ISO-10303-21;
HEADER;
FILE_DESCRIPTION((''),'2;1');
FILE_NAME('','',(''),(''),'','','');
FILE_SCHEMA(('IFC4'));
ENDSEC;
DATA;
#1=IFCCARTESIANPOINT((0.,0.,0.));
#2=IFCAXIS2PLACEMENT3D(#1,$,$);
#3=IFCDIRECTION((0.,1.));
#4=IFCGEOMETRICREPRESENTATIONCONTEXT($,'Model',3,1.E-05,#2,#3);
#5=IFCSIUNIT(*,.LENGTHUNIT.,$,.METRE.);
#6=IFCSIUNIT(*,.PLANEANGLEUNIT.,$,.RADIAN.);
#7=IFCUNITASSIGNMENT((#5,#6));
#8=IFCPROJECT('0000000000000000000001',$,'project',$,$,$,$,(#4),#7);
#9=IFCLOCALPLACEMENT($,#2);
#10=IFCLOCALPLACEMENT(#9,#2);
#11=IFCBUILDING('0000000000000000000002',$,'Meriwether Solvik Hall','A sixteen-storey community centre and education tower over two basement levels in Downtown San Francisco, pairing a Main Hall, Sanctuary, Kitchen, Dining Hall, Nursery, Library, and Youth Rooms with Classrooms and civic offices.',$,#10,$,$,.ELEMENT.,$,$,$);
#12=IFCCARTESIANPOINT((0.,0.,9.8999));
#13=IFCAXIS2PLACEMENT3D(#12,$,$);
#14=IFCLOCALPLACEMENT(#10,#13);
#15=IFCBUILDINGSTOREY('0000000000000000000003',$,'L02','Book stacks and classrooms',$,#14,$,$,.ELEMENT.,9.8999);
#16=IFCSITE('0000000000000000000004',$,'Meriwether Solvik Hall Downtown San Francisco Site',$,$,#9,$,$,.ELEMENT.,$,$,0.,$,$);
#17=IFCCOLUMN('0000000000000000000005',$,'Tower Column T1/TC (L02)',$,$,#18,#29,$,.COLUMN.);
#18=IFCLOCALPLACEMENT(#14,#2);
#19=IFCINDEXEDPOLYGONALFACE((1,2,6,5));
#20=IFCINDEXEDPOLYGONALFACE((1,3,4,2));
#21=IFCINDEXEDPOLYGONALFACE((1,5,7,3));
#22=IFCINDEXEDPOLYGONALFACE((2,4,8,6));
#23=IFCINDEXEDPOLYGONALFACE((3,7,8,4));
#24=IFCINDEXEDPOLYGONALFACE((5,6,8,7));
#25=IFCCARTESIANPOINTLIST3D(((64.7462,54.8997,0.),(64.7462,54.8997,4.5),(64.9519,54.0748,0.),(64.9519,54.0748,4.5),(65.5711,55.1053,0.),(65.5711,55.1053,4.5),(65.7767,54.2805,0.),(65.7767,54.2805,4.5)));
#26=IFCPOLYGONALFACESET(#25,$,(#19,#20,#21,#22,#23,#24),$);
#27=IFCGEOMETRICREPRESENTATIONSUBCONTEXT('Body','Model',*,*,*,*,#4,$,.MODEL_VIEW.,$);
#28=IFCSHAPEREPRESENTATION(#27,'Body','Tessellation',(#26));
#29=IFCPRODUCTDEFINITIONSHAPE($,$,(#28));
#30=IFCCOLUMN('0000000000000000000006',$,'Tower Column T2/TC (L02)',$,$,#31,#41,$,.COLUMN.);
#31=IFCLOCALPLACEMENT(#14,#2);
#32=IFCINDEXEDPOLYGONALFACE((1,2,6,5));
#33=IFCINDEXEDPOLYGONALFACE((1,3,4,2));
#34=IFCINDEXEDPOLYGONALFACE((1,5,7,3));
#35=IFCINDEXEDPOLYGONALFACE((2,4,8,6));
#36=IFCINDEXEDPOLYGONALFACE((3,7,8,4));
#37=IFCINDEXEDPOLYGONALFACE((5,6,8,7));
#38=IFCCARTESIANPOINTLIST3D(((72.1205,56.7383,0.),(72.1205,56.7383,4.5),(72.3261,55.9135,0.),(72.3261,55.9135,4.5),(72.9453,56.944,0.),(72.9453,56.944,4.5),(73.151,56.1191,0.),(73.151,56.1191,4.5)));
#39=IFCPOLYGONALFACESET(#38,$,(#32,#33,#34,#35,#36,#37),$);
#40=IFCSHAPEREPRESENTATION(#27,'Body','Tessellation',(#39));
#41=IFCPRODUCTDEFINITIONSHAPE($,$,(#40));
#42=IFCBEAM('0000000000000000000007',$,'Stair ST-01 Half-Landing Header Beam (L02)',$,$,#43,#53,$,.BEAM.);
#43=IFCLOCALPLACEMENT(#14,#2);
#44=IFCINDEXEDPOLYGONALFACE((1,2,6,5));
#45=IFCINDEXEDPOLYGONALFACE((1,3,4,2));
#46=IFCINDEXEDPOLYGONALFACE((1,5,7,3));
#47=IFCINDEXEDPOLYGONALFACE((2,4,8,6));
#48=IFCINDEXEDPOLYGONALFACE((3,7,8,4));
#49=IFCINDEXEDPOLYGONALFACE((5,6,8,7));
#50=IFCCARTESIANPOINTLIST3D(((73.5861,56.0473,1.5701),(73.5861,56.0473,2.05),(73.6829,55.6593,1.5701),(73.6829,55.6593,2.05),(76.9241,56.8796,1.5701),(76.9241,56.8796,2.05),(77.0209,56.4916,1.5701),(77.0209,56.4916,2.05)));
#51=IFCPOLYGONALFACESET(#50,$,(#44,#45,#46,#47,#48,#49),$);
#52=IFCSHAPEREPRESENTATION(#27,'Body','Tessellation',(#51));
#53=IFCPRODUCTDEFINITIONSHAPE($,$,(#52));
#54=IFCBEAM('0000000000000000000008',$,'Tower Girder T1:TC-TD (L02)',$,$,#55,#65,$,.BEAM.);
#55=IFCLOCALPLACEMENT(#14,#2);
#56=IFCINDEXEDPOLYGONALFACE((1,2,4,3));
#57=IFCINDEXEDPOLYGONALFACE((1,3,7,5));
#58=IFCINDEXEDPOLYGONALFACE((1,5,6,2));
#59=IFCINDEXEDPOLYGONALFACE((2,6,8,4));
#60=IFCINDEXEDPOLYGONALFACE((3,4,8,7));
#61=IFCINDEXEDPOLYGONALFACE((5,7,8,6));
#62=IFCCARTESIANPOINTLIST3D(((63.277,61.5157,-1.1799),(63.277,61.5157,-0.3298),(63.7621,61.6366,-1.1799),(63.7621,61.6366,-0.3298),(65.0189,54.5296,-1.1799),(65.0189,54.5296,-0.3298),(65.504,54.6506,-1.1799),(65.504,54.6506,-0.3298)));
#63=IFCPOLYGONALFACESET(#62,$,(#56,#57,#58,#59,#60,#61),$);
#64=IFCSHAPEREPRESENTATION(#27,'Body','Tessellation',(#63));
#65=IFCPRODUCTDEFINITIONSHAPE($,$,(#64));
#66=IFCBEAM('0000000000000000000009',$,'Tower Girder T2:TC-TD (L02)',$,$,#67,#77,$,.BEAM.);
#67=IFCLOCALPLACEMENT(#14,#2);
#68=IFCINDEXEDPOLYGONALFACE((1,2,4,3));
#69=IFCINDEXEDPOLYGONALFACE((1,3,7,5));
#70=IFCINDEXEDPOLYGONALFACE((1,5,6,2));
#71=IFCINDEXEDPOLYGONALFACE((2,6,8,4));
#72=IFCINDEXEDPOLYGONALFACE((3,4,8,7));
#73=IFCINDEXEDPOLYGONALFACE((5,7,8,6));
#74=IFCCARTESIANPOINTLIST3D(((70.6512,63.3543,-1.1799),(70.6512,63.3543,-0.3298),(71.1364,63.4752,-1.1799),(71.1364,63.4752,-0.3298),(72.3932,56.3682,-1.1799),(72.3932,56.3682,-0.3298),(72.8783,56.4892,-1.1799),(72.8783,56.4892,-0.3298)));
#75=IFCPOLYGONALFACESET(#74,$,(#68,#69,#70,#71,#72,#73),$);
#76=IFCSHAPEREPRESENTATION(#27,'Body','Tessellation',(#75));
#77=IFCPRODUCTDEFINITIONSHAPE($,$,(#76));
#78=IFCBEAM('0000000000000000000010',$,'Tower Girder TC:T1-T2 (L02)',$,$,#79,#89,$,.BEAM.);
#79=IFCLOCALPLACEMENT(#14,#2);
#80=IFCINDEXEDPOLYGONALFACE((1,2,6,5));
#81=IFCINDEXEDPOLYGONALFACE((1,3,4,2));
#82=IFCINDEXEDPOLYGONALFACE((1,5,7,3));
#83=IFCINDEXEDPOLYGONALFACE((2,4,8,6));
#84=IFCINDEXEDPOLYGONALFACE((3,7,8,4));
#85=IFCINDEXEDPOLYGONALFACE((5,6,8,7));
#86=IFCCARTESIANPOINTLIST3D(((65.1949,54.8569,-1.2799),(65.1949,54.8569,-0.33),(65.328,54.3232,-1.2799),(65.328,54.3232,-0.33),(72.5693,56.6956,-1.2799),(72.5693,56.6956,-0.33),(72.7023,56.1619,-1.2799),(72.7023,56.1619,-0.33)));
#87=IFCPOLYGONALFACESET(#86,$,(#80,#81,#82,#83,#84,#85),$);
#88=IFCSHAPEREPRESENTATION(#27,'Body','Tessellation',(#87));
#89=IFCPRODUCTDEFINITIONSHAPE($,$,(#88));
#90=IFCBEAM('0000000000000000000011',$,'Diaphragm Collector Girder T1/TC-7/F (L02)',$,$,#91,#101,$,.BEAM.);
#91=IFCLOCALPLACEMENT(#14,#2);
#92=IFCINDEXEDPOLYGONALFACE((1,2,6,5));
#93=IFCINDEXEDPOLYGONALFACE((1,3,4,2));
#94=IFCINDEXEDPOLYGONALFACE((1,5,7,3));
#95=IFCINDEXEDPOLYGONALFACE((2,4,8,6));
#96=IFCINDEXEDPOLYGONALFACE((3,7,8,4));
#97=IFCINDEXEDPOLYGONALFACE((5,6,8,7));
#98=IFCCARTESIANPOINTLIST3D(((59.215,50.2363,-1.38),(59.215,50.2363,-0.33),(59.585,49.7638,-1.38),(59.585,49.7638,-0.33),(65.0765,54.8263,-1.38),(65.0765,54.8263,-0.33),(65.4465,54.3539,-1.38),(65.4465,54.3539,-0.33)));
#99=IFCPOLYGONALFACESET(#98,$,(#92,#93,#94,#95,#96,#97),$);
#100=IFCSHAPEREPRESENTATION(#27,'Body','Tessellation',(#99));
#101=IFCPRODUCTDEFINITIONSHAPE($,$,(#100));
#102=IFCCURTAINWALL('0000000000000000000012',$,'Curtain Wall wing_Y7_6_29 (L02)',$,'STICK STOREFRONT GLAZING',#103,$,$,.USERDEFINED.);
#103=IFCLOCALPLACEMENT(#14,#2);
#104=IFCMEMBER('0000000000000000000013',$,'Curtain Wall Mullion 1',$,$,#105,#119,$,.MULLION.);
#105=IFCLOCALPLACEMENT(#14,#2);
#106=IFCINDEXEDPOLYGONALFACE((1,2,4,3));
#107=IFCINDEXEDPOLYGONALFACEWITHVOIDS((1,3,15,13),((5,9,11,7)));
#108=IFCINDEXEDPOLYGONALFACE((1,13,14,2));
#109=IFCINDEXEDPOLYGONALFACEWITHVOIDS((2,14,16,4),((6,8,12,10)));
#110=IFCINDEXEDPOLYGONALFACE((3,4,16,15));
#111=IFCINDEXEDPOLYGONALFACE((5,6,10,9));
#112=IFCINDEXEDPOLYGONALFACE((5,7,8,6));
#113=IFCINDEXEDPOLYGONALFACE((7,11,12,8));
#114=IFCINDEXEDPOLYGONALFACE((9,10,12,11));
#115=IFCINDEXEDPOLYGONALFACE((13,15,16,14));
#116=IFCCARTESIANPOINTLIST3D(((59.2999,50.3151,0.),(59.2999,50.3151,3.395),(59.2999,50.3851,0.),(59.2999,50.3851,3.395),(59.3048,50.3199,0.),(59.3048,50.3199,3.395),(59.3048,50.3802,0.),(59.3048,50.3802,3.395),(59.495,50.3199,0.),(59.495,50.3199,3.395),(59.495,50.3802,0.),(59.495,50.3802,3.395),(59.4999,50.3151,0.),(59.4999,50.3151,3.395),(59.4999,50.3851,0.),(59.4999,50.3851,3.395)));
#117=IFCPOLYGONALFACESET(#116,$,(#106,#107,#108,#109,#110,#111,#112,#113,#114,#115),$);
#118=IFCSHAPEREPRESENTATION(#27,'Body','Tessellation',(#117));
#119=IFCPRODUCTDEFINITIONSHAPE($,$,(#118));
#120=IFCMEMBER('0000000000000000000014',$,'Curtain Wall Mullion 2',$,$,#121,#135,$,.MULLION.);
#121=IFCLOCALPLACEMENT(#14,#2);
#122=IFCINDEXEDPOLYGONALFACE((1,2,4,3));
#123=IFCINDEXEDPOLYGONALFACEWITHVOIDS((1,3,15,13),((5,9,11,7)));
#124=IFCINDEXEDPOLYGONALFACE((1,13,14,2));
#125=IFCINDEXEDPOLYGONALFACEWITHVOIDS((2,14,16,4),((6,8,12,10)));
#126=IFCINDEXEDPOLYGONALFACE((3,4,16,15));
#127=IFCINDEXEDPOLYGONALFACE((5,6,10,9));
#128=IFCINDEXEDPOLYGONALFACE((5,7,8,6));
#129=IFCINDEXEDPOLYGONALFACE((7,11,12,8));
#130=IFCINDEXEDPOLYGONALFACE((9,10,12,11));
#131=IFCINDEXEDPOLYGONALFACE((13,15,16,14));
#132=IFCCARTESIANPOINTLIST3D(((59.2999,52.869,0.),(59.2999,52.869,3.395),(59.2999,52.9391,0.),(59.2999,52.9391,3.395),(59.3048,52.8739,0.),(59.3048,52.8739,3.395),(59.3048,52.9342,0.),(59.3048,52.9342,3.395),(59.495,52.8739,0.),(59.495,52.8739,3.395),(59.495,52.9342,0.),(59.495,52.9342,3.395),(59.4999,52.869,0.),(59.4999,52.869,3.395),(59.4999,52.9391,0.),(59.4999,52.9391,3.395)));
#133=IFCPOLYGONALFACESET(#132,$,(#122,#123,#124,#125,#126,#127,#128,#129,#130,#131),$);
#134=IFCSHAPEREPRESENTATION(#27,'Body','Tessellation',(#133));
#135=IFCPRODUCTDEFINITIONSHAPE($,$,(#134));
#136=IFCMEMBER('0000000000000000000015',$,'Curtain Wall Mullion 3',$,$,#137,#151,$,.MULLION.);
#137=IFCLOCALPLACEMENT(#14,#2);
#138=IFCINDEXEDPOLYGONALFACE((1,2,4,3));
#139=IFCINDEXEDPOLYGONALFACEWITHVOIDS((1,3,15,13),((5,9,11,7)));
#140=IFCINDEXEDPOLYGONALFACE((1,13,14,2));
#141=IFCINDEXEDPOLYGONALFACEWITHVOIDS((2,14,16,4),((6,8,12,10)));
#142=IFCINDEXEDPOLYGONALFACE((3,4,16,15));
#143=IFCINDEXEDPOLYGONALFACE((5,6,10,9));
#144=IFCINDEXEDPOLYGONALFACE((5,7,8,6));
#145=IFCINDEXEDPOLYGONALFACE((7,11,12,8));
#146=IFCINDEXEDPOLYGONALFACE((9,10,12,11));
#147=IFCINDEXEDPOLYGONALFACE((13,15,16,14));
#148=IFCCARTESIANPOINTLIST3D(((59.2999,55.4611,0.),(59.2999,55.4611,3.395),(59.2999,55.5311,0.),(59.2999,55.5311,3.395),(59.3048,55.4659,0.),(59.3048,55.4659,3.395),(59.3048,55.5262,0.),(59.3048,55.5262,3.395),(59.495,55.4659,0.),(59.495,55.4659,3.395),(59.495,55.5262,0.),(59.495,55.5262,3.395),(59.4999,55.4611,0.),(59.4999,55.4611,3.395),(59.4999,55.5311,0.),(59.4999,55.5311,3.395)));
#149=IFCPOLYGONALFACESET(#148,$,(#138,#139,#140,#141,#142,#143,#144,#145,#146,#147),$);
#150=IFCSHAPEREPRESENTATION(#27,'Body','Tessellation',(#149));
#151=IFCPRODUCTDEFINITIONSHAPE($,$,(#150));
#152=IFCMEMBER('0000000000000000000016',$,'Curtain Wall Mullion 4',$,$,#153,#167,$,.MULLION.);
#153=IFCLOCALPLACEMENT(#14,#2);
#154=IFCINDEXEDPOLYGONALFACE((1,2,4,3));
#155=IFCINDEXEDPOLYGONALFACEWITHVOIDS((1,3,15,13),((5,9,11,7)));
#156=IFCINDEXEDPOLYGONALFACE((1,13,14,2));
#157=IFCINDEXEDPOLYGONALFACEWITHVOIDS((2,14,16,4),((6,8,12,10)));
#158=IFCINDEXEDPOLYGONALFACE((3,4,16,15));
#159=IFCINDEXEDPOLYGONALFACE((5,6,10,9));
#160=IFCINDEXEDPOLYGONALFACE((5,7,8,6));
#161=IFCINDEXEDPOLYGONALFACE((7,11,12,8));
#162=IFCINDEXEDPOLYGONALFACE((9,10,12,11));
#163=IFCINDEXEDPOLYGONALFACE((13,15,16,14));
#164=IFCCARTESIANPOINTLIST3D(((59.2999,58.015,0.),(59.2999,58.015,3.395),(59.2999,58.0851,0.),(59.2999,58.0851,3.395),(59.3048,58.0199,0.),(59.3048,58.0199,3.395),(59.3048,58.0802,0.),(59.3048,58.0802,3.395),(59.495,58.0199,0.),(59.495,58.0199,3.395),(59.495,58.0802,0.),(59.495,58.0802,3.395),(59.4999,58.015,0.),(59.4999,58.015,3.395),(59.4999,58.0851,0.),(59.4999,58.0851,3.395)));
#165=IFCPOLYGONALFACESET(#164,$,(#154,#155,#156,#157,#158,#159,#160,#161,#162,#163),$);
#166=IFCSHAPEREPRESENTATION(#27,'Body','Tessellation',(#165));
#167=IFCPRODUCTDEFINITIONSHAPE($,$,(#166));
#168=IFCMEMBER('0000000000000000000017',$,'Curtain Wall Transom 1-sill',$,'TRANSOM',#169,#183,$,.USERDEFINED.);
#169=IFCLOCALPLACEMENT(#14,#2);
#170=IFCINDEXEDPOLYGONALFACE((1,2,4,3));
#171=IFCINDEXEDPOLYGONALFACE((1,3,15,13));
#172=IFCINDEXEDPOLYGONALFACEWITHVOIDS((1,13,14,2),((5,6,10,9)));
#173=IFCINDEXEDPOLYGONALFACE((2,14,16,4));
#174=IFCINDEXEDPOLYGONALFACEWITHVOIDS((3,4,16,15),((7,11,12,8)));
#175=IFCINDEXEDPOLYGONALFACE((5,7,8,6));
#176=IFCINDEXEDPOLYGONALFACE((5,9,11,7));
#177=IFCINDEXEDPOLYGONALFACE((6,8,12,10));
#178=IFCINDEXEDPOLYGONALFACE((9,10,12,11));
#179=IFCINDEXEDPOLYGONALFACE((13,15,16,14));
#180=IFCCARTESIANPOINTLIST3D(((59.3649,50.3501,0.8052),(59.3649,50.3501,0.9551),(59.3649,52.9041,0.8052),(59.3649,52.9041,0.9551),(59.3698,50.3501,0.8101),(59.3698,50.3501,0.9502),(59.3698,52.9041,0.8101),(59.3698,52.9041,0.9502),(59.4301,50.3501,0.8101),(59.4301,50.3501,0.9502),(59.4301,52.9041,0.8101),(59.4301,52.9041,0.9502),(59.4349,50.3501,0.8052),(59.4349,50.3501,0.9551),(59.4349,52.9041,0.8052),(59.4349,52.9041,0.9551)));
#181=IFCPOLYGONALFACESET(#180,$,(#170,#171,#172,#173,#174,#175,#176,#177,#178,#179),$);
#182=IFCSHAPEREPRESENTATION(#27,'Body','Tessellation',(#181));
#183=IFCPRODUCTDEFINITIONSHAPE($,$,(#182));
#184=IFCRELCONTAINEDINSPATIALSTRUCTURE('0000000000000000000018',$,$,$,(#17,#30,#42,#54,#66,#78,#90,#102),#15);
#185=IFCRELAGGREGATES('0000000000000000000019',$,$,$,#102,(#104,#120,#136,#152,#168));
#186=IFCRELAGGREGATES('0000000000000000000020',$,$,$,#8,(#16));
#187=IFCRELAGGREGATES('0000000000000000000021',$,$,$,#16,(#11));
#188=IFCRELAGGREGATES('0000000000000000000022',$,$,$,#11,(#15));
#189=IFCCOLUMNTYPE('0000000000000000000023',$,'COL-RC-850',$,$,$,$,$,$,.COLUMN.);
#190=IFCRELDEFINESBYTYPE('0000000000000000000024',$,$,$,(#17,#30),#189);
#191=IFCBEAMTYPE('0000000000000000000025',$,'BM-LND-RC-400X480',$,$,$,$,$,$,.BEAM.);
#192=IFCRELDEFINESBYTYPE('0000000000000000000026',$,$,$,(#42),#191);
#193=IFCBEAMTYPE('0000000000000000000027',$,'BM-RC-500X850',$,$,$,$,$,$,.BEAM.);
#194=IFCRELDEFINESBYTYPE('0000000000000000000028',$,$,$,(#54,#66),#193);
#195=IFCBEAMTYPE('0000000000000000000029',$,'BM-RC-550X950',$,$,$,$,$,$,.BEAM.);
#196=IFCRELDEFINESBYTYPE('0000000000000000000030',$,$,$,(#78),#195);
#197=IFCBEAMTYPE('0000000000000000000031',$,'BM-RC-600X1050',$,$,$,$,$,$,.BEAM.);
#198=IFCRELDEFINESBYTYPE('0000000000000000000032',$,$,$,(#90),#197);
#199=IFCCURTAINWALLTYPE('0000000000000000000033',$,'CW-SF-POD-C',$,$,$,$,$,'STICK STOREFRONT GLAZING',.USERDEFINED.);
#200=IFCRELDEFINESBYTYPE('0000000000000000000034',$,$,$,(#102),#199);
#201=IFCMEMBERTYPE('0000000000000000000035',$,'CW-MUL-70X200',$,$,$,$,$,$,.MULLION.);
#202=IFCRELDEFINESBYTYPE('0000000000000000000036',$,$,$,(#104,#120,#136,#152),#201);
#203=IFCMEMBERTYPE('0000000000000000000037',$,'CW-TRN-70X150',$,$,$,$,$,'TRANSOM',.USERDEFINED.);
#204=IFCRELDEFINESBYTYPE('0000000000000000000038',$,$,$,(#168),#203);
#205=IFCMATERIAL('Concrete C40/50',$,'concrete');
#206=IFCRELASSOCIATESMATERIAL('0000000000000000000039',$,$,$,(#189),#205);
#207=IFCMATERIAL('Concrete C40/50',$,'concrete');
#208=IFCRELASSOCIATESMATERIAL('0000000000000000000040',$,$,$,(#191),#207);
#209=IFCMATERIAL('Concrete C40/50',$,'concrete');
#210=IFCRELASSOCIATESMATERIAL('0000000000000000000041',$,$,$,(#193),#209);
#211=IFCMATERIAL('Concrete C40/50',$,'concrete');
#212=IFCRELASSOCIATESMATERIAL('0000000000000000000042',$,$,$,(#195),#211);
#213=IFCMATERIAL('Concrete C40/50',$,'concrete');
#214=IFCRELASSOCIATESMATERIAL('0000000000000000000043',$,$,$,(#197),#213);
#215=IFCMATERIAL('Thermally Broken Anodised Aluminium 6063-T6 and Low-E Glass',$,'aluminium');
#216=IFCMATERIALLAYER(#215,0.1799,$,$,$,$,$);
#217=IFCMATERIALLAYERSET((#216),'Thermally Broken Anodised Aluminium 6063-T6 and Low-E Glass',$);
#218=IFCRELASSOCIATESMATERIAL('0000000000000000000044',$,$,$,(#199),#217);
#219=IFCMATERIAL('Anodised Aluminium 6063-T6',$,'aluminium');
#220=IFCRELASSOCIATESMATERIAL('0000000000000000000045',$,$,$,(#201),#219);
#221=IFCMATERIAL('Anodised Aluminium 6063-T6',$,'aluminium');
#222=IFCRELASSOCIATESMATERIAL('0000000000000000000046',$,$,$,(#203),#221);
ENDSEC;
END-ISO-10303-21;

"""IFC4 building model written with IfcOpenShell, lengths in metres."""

from ifc_helpers import new_model, si_unit, direction, frame, origin, origin_2d, place, context, subcontext, project, spatial, rectangle, hollow_rectangle, extrude, material, layer, layer_set, material_profile, profile_set, type_object, element, aggregate, save


model = new_model("IFC4")

# Units and contexts
model_context = context("Model", 3, precision=1e-05, world=origin(), true_north=direction((0.0, 1.0)))
body_context = subcontext(model_context, "Body", "Model", "MODEL_VIEW")
ifc_project = project(units=[si_unit("LENGTHUNIT", "METRE"), si_unit("PLANEANGLEUNIT", "RADIAN")], contexts=[model_context])

# Site, building, storey
site_placement = place(None, origin())
site = spatial("IfcSite", under=ifc_project, at=site_placement, Name="Meriwether Solvik Hall Downtown San Francisco Site", CompositionType="ELEMENT", RefElevation=0.0)
building_placement = place(site_placement, origin())
building = spatial("IfcBuilding", under=site, at=building_placement, Name="Meriwether Solvik Hall", Description="A sixteen-storey community centre and education tower over two basement levels in Downtown San Francisco, pairing a Main Hall, Sanctuary, Kitchen, Dining Hall, Nursery, Library, and Youth Rooms with Classrooms and civic offices.", CompositionType="ELEMENT")
storey_placement = place(building_placement, frame((0.0, 0.0, 9.8999)))
storey = spatial("IfcBuildingStorey", under=building, at=storey_placement, Name="L02", Description="Book stacks and classrooms", CompositionType="ELEMENT", Elevation=9.8999)

# Columns
ifc_material_1 = material(Name="Concrete C40/50", Category="concrete")
ifc_material_profile_1 = material_profile(ifc_material_1, rectangle(XDim=0.8501, YDim=0.8501, at=origin_2d()), Name="RCC-850X850")
ifc_profile_set_1 = profile_set([ifc_material_profile_1], Name="Concrete C40/50")
column_type = type_object("IfcColumnType", Name="COL-RC-850", PredefinedType="COLUMN", material=ifc_profile_set_1)
for number, where, z_axis, x_axis, name in (
    (1, (65.2615, 54.5901, 0.0), (0.0, 0.0, 1.0), (0.970296, 0.241922, 0.0), "Tower Column T1/TC (L02)"),
    (2, (72.6357, 56.4287, 0.0), (0.0, 0.0, 1.0), (0.970296, 0.241922, 0.0), "Tower Column T2/TC (L02)"),
):
    element("IfcColumn", number, at=place(storey_placement, frame(where, z_axis=z_axis, x_axis=x_axis)), inside=storey, type_object=column_type, Name=name, PredefinedType="COLUMN", context=body_context, shape_type="SweptSolid", body=[
        extrude(rectangle(XDim=0.8501, YDim=0.8501, at=origin_2d()), origin(), (0.0, 0.0, 1.0), 4.5),
    ])

# Beams
ifc_material_2 = material(Name="Concrete C40/50", Category="concrete")
ifc_material_profile_2 = material_profile(ifc_material_2, rectangle(XDim=0.3999, YDim=0.48, at=origin_2d()), Name="RCB-400X480")
ifc_profile_set_2 = profile_set([ifc_material_profile_2], Name="Concrete C40/50")
beam_type_1 = type_object("IfcBeamType", Name="BM-LND-RC-400X480", PredefinedType="BEAM", material=ifc_profile_set_2)
beam_1_placement = place(storey_placement, frame((73.6345, 55.8533, 1.8101), z_axis=(0.970293, 0.241934, 0.0), x_axis=(-0.241934, 0.970293, 0.0)))
element("IfcBeam", 3, at=beam_1_placement, inside=storey, type_object=beam_type_1, Name="Stair ST-01 Half-Landing Header Beam (L02)", PredefinedType="BEAM", context=body_context, shape_type="SweptSolid", body=[
    extrude(rectangle(XDim=0.3999, YDim=0.48, at=origin_2d()), origin(), (0.0, 0.0, 1.0), 3.4402),
])
ifc_material_3 = material(Name="Concrete C40/50", Category="concrete")
ifc_material_profile_3 = material_profile(ifc_material_3, rectangle(XDim=0.5, YDim=0.8501, at=origin_2d()), Name="RCB-500X850")
ifc_profile_set_3 = profile_set([ifc_material_profile_3], Name="Concrete C40/50")
beam_type_2 = type_object("IfcBeamType", Name="BM-RC-500X850", PredefinedType="BEAM", material=ifc_profile_set_3)
for number, where, z_axis, x_axis, name in (
    (4, (65.2615, 54.5901, -0.7549), (-0.241937, 0.970292, 0.0), (-0.970292, -0.241937, 0.0), "Tower Girder T1:TC-TD (L02)"),
    (5, (72.6357, 56.4287, -0.7549), (-0.241937, 0.970292, 0.0), (-0.970292, -0.241937, 0.0), "Tower Girder T2:TC-TD (L02)"),
):
    element("IfcBeam", number, at=place(storey_placement, frame(where, z_axis=z_axis, x_axis=x_axis)), inside=storey, type_object=beam_type_2, Name=name, PredefinedType="BEAM", context=body_context, shape_type="SweptSolid", body=[
        extrude(rectangle(XDim=0.5, YDim=0.8501, at=origin_2d()), origin(), (0.0, 0.0, 1.0), 7.2),
    ])
ifc_material_4 = material(Name="Concrete C40/50", Category="concrete")
ifc_material_profile_4 = material_profile(ifc_material_4, rectangle(XDim=0.55, YDim=0.95, at=origin_2d()), Name="RCB-550X950")
ifc_profile_set_4 = profile_set([ifc_material_profile_4], Name="Concrete C40/50")
beam_type_3 = type_object("IfcBeamType", Name="BM-RC-550X950", PredefinedType="BEAM", material=ifc_profile_set_4)
beam_2_placement = place(storey_placement, frame((65.2615, 54.5901, -0.8049), z_axis=(0.970295, 0.241923, 0.0), x_axis=(-0.241923, 0.970295, 0.0)))
element("IfcBeam", 6, at=beam_2_placement, inside=storey, type_object=beam_type_3, Name="Tower Girder TC:T1-T2 (L02)", PredefinedType="BEAM", context=body_context, shape_type="SweptSolid", body=[
    extrude(rectangle(XDim=0.55, YDim=0.95, at=origin_2d()), origin(), (0.0, 0.0, 1.0), 7.6001),
])
ifc_material_5 = material(Name="Concrete C40/50", Category="concrete")
ifc_material_profile_5 = material_profile(ifc_material_5, rectangle(XDim=0.6001, YDim=1.05, at=origin_2d()), Name="RCB-600X1050")
ifc_profile_set_5 = profile_set([ifc_material_profile_5], Name="Concrete C40/50")
beam_type_4 = type_object("IfcBeamType", Name="BM-RC-600X1050", PredefinedType="BEAM", material=ifc_profile_set_5)
beam_3_placement = place(storey_placement, frame((65.2615, 54.5901, -0.855), z_axis=(-0.787324, -0.616539, 0.0), x_axis=(0.616539, -0.787324, 0.0)))
element("IfcBeam", 7, at=beam_3_placement, inside=storey, type_object=beam_type_4, Name="Diaphragm Collector Girder T1/TC-7/F (L02)", PredefinedType="BEAM", context=body_context, shape_type="SweptSolid", body=[
    extrude(rectangle(XDim=0.6001, YDim=1.05, at=origin_2d()), origin(), (0.0, 0.0, 1.0), 7.4448),
])

# Curtain wall, members
ifc_material_6 = material(Name="Thermally Broken Anodised Aluminium 6063-T6 and Low-E Glass", Category="aluminium")
ifc_layer_1 = layer(ifc_material_6, 0.1799)
ifc_layer_set_1 = layer_set([ifc_layer_1], Name="Thermally Broken Anodised Aluminium 6063-T6 and Low-E Glass")
curtain_wall_type = type_object("IfcCurtainWallType", Name="CW-SF-POD-C", ElementType="STICK STOREFRONT GLAZING", PredefinedType="USERDEFINED", material=ifc_layer_set_1)
curtain_wall_placement = place(storey_placement, origin())
curtain_wall = element("IfcCurtainWall", 8, at=curtain_wall_placement, inside=storey, type_object=curtain_wall_type, Name="Curtain Wall wing_Y7_6_29 (L02)", ObjectType="STICK STOREFRONT GLAZING", PredefinedType="USERDEFINED")
ifc_material_7 = material(Name="Anodised Aluminium 6063-T6", Category="aluminium")
ifc_material_profile_6 = material_profile(ifc_material_7, hollow_rectangle(XDim=0.0701, YDim=0.2, WallThickness=0.0049, at=origin_2d()), Name="CWM-70X200")
ifc_profile_set_6 = profile_set([ifc_material_profile_6], Name="Anodised Aluminium 6063-T6")
member_type_1 = type_object("IfcMemberType", Name="CW-MUL-70X200", PredefinedType="MULLION", material=ifc_profile_set_6)
member_1_placement = place(storey_placement, frame((59.3999, 50.3501, 0.0), z_axis=(0.0, 0.0, 1.0), x_axis=(0.0, 1.0, 0.0)))
member_1 = element("IfcMember", 9, at=member_1_placement, type_object=member_type_1, Name="Curtain Wall Mullion 1", PredefinedType="MULLION", context=body_context, shape_type="SweptSolid", body=[
    extrude(hollow_rectangle(XDim=0.0701, YDim=0.2, WallThickness=0.0049, at=origin_2d()), origin(), (0.0, 0.0, 1.0), 3.395),
])
member_2_placement = place(storey_placement, frame((59.3999, 52.9041, 0.0), z_axis=(0.0, 0.0, 1.0), x_axis=(0.0, 1.0, 0.0)))
member_2 = element("IfcMember", 10, at=member_2_placement, type_object=member_type_1, Name="Curtain Wall Mullion 2", PredefinedType="MULLION", context=body_context, shape_type="SweptSolid", body=[
    extrude(hollow_rectangle(XDim=0.0701, YDim=0.2, WallThickness=0.0049, at=origin_2d()), origin(), (0.0, 0.0, 1.0), 3.395),
])
member_3_placement = place(storey_placement, frame((59.3999, 55.4961, 0.0), z_axis=(0.0, 0.0, 1.0), x_axis=(0.0, 1.0, 0.0)))
member_3 = element("IfcMember", 11, at=member_3_placement, type_object=member_type_1, Name="Curtain Wall Mullion 3", PredefinedType="MULLION", context=body_context, shape_type="SweptSolid", body=[
    extrude(hollow_rectangle(XDim=0.0701, YDim=0.2, WallThickness=0.0049, at=origin_2d()), origin(), (0.0, 0.0, 1.0), 3.395),
])
member_4_placement = place(storey_placement, frame((59.3999, 58.05, 0.0), z_axis=(0.0, 0.0, 1.0), x_axis=(0.0, 1.0, 0.0)))
member_4 = element("IfcMember", 12, at=member_4_placement, type_object=member_type_1, Name="Curtain Wall Mullion 4", PredefinedType="MULLION", context=body_context, shape_type="SweptSolid", body=[
    extrude(hollow_rectangle(XDim=0.0701, YDim=0.2, WallThickness=0.0049, at=origin_2d()), origin(), (0.0, 0.0, 1.0), 3.395),
])
ifc_material_8 = material(Name="Anodised Aluminium 6063-T6", Category="aluminium")
ifc_material_profile_7 = material_profile(ifc_material_8, hollow_rectangle(XDim=0.0701, YDim=0.1499, WallThickness=0.0049, at=origin_2d()), Name="CWT-70X150")
ifc_profile_set_7 = profile_set([ifc_material_profile_7], Name="Anodised Aluminium 6063-T6")
member_type_2 = type_object("IfcMemberType", Name="CW-TRN-70X150", ElementType="TRANSOM", PredefinedType="USERDEFINED", material=ifc_profile_set_7)
member_5_placement = place(storey_placement, frame((59.3999, 50.3501, 0.8801), z_axis=(0.0, 1.0, 0.0), x_axis=(-1.0, 0.0, 0.0)))
member_5 = element("IfcMember", 13, at=member_5_placement, type_object=member_type_2, Name="Curtain Wall Transom 1-sill", ObjectType="TRANSOM", PredefinedType="USERDEFINED", context=body_context, shape_type="SweptSolid", body=[
    extrude(hollow_rectangle(XDim=0.0701, YDim=0.1499, WallThickness=0.0049, at=origin_2d()), origin(), (0.0, 0.0, 1.0), 2.554),
])
aggregate(curtain_wall, [member_1, member_2, member_3, member_4, member_5])

save(model, "model.ifc")
